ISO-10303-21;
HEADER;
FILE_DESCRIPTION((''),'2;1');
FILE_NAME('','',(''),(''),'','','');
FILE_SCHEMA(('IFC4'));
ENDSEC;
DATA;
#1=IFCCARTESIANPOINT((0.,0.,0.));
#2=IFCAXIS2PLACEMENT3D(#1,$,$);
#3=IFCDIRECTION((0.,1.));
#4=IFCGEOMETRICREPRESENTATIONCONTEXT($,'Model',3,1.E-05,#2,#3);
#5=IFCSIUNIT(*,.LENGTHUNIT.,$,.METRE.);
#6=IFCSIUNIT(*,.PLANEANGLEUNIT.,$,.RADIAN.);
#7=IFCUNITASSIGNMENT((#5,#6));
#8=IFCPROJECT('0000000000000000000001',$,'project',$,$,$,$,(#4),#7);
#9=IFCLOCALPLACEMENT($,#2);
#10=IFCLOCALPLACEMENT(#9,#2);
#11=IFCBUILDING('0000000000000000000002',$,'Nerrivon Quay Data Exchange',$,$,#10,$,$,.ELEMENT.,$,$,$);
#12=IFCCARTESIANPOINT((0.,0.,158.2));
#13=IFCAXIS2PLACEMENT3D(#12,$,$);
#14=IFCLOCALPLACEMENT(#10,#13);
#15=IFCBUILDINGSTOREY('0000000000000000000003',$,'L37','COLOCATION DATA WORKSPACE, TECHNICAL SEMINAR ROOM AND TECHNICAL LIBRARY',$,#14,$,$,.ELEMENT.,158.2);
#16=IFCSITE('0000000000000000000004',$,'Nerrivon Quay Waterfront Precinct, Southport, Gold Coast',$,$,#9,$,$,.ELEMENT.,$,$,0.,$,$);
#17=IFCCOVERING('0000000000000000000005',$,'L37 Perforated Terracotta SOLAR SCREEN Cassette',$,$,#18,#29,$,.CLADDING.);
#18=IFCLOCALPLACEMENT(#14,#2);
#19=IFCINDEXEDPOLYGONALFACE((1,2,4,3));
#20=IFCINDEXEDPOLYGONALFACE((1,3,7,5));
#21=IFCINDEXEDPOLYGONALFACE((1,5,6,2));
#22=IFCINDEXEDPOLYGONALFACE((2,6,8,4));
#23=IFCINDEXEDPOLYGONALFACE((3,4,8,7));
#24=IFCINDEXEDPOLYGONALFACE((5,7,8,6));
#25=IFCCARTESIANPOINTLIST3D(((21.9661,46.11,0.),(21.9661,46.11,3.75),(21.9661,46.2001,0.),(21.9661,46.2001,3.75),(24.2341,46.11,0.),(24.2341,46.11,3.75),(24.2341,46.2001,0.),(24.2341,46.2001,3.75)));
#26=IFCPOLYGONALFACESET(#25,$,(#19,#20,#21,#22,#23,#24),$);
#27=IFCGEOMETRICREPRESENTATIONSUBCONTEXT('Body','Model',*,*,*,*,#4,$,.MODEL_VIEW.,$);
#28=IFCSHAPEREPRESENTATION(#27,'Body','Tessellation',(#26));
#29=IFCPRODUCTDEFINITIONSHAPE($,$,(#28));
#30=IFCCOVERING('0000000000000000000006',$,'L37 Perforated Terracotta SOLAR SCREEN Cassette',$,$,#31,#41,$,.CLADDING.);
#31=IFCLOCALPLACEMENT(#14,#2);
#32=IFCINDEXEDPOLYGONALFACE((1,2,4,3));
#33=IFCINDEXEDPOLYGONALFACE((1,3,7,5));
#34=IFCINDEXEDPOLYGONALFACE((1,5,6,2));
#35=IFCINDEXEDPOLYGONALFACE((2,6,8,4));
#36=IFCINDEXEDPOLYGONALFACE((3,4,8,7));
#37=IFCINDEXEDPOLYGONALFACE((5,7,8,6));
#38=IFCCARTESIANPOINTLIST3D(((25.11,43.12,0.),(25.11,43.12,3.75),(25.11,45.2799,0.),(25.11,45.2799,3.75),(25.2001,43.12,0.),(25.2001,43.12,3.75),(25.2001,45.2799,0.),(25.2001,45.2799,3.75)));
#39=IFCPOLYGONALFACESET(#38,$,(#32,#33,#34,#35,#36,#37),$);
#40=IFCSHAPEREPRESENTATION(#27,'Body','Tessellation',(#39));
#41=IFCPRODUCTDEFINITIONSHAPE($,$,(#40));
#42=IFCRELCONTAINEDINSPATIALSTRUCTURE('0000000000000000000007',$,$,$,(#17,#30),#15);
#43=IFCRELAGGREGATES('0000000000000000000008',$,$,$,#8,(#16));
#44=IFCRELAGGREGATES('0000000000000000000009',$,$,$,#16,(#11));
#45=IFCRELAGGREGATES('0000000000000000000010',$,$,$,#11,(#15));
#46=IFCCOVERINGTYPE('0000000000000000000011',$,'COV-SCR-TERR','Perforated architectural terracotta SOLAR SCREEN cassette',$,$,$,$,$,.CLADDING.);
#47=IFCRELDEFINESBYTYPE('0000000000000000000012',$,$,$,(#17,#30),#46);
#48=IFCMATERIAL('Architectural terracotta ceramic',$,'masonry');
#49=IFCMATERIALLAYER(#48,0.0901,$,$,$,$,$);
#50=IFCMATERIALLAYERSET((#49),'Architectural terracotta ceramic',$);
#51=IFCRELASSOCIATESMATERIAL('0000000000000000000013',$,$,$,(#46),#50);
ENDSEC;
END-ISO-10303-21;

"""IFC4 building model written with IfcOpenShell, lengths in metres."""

from ifc_helpers import new_model, si_unit, direction, frame, origin, origin_2d, place, context, subcontext, project, spatial, rectangle, extrude, material, layer, layer_set, type_object, element, save


model = new_model("IFC4")

# Units and contexts
model_context = context("Model", 3, precision=1e-05, world=origin(), true_north=direction((0.0, 1.0)))
body_context = subcontext(model_context, "Body", "Model", "MODEL_VIEW")
ifc_project = project(units=[si_unit("LENGTHUNIT", "METRE"), si_unit("PLANEANGLEUNIT", "RADIAN")], contexts=[model_context])

# Site, building, storey
site_placement = place(None, origin())
site = spatial("IfcSite", under=ifc_project, at=site_placement, Name="Nerrivon Quay Waterfront Precinct, Southport, Gold Coast", CompositionType="ELEMENT", RefElevation=0.0)
building_placement = place(site_placement, origin())
building = spatial("IfcBuilding", under=site, at=building_placement, Name="Nerrivon Quay Data Exchange", CompositionType="ELEMENT")
storey_placement = place(building_placement, frame((0.0, 0.0, 158.2)))
storey = spatial("IfcBuildingStorey", under=building, at=storey_placement, Name="L37", Description="COLOCATION DATA WORKSPACE, TECHNICAL SEMINAR ROOM AND TECHNICAL LIBRARY", CompositionType="ELEMENT", Elevation=158.2)

# Coverings
ifc_material_1 = material(Name="Architectural terracotta ceramic", Category="masonry")
ifc_layer_1 = layer(ifc_material_1, 0.0901)
ifc_layer_set_1 = layer_set([ifc_layer_1], Name="Architectural terracotta ceramic")
covering_type = type_object("IfcCoveringType", Name="COV-SCR-TERR", Description="Perforated architectural terracotta SOLAR SCREEN cassette", PredefinedType="CLADDING", material=ifc_layer_set_1)
for number, where, z_axis, x_axis, name in (
    (1, (23.1001, 46.155, 0.0), (0.0, 0.0, 1.0), (1.0, 0.0, 0.0), "L37 Perforated Terracotta SOLAR SCREEN Cassette"),
):
    element("IfcCovering", number, at=place(storey_placement, frame(where, z_axis=z_axis, x_axis=x_axis)), inside=storey, type_object=covering_type, Name=name, PredefinedType="CLADDING", context=body_context, shape_type="SweptSolid", body=[
        extrude(rectangle(XDim=2.2681, YDim=0.0901, at=origin_2d()), origin(), (0.0, 0.0, 1.0), 3.75),
    ])
covering_1_placement = place(storey_placement, frame((25.155, 44.2, 0.0), z_axis=(0.0, 0.0, 1.0), x_axis=(0.0, -1.0, 0.0)))
element("IfcCovering", 2, at=covering_1_placement, inside=storey, type_object=covering_type, Name="L37 Perforated Terracotta SOLAR SCREEN Cassette", PredefinedType="CLADDING", context=body_context, shape_type="SweptSolid", body=[
    extrude(rectangle(XDim=2.1599, YDim=0.0901, at=origin_2d()), origin(), (0.0, 0.0, 1.0), 3.75),
])

save(model, "model.ifc")
